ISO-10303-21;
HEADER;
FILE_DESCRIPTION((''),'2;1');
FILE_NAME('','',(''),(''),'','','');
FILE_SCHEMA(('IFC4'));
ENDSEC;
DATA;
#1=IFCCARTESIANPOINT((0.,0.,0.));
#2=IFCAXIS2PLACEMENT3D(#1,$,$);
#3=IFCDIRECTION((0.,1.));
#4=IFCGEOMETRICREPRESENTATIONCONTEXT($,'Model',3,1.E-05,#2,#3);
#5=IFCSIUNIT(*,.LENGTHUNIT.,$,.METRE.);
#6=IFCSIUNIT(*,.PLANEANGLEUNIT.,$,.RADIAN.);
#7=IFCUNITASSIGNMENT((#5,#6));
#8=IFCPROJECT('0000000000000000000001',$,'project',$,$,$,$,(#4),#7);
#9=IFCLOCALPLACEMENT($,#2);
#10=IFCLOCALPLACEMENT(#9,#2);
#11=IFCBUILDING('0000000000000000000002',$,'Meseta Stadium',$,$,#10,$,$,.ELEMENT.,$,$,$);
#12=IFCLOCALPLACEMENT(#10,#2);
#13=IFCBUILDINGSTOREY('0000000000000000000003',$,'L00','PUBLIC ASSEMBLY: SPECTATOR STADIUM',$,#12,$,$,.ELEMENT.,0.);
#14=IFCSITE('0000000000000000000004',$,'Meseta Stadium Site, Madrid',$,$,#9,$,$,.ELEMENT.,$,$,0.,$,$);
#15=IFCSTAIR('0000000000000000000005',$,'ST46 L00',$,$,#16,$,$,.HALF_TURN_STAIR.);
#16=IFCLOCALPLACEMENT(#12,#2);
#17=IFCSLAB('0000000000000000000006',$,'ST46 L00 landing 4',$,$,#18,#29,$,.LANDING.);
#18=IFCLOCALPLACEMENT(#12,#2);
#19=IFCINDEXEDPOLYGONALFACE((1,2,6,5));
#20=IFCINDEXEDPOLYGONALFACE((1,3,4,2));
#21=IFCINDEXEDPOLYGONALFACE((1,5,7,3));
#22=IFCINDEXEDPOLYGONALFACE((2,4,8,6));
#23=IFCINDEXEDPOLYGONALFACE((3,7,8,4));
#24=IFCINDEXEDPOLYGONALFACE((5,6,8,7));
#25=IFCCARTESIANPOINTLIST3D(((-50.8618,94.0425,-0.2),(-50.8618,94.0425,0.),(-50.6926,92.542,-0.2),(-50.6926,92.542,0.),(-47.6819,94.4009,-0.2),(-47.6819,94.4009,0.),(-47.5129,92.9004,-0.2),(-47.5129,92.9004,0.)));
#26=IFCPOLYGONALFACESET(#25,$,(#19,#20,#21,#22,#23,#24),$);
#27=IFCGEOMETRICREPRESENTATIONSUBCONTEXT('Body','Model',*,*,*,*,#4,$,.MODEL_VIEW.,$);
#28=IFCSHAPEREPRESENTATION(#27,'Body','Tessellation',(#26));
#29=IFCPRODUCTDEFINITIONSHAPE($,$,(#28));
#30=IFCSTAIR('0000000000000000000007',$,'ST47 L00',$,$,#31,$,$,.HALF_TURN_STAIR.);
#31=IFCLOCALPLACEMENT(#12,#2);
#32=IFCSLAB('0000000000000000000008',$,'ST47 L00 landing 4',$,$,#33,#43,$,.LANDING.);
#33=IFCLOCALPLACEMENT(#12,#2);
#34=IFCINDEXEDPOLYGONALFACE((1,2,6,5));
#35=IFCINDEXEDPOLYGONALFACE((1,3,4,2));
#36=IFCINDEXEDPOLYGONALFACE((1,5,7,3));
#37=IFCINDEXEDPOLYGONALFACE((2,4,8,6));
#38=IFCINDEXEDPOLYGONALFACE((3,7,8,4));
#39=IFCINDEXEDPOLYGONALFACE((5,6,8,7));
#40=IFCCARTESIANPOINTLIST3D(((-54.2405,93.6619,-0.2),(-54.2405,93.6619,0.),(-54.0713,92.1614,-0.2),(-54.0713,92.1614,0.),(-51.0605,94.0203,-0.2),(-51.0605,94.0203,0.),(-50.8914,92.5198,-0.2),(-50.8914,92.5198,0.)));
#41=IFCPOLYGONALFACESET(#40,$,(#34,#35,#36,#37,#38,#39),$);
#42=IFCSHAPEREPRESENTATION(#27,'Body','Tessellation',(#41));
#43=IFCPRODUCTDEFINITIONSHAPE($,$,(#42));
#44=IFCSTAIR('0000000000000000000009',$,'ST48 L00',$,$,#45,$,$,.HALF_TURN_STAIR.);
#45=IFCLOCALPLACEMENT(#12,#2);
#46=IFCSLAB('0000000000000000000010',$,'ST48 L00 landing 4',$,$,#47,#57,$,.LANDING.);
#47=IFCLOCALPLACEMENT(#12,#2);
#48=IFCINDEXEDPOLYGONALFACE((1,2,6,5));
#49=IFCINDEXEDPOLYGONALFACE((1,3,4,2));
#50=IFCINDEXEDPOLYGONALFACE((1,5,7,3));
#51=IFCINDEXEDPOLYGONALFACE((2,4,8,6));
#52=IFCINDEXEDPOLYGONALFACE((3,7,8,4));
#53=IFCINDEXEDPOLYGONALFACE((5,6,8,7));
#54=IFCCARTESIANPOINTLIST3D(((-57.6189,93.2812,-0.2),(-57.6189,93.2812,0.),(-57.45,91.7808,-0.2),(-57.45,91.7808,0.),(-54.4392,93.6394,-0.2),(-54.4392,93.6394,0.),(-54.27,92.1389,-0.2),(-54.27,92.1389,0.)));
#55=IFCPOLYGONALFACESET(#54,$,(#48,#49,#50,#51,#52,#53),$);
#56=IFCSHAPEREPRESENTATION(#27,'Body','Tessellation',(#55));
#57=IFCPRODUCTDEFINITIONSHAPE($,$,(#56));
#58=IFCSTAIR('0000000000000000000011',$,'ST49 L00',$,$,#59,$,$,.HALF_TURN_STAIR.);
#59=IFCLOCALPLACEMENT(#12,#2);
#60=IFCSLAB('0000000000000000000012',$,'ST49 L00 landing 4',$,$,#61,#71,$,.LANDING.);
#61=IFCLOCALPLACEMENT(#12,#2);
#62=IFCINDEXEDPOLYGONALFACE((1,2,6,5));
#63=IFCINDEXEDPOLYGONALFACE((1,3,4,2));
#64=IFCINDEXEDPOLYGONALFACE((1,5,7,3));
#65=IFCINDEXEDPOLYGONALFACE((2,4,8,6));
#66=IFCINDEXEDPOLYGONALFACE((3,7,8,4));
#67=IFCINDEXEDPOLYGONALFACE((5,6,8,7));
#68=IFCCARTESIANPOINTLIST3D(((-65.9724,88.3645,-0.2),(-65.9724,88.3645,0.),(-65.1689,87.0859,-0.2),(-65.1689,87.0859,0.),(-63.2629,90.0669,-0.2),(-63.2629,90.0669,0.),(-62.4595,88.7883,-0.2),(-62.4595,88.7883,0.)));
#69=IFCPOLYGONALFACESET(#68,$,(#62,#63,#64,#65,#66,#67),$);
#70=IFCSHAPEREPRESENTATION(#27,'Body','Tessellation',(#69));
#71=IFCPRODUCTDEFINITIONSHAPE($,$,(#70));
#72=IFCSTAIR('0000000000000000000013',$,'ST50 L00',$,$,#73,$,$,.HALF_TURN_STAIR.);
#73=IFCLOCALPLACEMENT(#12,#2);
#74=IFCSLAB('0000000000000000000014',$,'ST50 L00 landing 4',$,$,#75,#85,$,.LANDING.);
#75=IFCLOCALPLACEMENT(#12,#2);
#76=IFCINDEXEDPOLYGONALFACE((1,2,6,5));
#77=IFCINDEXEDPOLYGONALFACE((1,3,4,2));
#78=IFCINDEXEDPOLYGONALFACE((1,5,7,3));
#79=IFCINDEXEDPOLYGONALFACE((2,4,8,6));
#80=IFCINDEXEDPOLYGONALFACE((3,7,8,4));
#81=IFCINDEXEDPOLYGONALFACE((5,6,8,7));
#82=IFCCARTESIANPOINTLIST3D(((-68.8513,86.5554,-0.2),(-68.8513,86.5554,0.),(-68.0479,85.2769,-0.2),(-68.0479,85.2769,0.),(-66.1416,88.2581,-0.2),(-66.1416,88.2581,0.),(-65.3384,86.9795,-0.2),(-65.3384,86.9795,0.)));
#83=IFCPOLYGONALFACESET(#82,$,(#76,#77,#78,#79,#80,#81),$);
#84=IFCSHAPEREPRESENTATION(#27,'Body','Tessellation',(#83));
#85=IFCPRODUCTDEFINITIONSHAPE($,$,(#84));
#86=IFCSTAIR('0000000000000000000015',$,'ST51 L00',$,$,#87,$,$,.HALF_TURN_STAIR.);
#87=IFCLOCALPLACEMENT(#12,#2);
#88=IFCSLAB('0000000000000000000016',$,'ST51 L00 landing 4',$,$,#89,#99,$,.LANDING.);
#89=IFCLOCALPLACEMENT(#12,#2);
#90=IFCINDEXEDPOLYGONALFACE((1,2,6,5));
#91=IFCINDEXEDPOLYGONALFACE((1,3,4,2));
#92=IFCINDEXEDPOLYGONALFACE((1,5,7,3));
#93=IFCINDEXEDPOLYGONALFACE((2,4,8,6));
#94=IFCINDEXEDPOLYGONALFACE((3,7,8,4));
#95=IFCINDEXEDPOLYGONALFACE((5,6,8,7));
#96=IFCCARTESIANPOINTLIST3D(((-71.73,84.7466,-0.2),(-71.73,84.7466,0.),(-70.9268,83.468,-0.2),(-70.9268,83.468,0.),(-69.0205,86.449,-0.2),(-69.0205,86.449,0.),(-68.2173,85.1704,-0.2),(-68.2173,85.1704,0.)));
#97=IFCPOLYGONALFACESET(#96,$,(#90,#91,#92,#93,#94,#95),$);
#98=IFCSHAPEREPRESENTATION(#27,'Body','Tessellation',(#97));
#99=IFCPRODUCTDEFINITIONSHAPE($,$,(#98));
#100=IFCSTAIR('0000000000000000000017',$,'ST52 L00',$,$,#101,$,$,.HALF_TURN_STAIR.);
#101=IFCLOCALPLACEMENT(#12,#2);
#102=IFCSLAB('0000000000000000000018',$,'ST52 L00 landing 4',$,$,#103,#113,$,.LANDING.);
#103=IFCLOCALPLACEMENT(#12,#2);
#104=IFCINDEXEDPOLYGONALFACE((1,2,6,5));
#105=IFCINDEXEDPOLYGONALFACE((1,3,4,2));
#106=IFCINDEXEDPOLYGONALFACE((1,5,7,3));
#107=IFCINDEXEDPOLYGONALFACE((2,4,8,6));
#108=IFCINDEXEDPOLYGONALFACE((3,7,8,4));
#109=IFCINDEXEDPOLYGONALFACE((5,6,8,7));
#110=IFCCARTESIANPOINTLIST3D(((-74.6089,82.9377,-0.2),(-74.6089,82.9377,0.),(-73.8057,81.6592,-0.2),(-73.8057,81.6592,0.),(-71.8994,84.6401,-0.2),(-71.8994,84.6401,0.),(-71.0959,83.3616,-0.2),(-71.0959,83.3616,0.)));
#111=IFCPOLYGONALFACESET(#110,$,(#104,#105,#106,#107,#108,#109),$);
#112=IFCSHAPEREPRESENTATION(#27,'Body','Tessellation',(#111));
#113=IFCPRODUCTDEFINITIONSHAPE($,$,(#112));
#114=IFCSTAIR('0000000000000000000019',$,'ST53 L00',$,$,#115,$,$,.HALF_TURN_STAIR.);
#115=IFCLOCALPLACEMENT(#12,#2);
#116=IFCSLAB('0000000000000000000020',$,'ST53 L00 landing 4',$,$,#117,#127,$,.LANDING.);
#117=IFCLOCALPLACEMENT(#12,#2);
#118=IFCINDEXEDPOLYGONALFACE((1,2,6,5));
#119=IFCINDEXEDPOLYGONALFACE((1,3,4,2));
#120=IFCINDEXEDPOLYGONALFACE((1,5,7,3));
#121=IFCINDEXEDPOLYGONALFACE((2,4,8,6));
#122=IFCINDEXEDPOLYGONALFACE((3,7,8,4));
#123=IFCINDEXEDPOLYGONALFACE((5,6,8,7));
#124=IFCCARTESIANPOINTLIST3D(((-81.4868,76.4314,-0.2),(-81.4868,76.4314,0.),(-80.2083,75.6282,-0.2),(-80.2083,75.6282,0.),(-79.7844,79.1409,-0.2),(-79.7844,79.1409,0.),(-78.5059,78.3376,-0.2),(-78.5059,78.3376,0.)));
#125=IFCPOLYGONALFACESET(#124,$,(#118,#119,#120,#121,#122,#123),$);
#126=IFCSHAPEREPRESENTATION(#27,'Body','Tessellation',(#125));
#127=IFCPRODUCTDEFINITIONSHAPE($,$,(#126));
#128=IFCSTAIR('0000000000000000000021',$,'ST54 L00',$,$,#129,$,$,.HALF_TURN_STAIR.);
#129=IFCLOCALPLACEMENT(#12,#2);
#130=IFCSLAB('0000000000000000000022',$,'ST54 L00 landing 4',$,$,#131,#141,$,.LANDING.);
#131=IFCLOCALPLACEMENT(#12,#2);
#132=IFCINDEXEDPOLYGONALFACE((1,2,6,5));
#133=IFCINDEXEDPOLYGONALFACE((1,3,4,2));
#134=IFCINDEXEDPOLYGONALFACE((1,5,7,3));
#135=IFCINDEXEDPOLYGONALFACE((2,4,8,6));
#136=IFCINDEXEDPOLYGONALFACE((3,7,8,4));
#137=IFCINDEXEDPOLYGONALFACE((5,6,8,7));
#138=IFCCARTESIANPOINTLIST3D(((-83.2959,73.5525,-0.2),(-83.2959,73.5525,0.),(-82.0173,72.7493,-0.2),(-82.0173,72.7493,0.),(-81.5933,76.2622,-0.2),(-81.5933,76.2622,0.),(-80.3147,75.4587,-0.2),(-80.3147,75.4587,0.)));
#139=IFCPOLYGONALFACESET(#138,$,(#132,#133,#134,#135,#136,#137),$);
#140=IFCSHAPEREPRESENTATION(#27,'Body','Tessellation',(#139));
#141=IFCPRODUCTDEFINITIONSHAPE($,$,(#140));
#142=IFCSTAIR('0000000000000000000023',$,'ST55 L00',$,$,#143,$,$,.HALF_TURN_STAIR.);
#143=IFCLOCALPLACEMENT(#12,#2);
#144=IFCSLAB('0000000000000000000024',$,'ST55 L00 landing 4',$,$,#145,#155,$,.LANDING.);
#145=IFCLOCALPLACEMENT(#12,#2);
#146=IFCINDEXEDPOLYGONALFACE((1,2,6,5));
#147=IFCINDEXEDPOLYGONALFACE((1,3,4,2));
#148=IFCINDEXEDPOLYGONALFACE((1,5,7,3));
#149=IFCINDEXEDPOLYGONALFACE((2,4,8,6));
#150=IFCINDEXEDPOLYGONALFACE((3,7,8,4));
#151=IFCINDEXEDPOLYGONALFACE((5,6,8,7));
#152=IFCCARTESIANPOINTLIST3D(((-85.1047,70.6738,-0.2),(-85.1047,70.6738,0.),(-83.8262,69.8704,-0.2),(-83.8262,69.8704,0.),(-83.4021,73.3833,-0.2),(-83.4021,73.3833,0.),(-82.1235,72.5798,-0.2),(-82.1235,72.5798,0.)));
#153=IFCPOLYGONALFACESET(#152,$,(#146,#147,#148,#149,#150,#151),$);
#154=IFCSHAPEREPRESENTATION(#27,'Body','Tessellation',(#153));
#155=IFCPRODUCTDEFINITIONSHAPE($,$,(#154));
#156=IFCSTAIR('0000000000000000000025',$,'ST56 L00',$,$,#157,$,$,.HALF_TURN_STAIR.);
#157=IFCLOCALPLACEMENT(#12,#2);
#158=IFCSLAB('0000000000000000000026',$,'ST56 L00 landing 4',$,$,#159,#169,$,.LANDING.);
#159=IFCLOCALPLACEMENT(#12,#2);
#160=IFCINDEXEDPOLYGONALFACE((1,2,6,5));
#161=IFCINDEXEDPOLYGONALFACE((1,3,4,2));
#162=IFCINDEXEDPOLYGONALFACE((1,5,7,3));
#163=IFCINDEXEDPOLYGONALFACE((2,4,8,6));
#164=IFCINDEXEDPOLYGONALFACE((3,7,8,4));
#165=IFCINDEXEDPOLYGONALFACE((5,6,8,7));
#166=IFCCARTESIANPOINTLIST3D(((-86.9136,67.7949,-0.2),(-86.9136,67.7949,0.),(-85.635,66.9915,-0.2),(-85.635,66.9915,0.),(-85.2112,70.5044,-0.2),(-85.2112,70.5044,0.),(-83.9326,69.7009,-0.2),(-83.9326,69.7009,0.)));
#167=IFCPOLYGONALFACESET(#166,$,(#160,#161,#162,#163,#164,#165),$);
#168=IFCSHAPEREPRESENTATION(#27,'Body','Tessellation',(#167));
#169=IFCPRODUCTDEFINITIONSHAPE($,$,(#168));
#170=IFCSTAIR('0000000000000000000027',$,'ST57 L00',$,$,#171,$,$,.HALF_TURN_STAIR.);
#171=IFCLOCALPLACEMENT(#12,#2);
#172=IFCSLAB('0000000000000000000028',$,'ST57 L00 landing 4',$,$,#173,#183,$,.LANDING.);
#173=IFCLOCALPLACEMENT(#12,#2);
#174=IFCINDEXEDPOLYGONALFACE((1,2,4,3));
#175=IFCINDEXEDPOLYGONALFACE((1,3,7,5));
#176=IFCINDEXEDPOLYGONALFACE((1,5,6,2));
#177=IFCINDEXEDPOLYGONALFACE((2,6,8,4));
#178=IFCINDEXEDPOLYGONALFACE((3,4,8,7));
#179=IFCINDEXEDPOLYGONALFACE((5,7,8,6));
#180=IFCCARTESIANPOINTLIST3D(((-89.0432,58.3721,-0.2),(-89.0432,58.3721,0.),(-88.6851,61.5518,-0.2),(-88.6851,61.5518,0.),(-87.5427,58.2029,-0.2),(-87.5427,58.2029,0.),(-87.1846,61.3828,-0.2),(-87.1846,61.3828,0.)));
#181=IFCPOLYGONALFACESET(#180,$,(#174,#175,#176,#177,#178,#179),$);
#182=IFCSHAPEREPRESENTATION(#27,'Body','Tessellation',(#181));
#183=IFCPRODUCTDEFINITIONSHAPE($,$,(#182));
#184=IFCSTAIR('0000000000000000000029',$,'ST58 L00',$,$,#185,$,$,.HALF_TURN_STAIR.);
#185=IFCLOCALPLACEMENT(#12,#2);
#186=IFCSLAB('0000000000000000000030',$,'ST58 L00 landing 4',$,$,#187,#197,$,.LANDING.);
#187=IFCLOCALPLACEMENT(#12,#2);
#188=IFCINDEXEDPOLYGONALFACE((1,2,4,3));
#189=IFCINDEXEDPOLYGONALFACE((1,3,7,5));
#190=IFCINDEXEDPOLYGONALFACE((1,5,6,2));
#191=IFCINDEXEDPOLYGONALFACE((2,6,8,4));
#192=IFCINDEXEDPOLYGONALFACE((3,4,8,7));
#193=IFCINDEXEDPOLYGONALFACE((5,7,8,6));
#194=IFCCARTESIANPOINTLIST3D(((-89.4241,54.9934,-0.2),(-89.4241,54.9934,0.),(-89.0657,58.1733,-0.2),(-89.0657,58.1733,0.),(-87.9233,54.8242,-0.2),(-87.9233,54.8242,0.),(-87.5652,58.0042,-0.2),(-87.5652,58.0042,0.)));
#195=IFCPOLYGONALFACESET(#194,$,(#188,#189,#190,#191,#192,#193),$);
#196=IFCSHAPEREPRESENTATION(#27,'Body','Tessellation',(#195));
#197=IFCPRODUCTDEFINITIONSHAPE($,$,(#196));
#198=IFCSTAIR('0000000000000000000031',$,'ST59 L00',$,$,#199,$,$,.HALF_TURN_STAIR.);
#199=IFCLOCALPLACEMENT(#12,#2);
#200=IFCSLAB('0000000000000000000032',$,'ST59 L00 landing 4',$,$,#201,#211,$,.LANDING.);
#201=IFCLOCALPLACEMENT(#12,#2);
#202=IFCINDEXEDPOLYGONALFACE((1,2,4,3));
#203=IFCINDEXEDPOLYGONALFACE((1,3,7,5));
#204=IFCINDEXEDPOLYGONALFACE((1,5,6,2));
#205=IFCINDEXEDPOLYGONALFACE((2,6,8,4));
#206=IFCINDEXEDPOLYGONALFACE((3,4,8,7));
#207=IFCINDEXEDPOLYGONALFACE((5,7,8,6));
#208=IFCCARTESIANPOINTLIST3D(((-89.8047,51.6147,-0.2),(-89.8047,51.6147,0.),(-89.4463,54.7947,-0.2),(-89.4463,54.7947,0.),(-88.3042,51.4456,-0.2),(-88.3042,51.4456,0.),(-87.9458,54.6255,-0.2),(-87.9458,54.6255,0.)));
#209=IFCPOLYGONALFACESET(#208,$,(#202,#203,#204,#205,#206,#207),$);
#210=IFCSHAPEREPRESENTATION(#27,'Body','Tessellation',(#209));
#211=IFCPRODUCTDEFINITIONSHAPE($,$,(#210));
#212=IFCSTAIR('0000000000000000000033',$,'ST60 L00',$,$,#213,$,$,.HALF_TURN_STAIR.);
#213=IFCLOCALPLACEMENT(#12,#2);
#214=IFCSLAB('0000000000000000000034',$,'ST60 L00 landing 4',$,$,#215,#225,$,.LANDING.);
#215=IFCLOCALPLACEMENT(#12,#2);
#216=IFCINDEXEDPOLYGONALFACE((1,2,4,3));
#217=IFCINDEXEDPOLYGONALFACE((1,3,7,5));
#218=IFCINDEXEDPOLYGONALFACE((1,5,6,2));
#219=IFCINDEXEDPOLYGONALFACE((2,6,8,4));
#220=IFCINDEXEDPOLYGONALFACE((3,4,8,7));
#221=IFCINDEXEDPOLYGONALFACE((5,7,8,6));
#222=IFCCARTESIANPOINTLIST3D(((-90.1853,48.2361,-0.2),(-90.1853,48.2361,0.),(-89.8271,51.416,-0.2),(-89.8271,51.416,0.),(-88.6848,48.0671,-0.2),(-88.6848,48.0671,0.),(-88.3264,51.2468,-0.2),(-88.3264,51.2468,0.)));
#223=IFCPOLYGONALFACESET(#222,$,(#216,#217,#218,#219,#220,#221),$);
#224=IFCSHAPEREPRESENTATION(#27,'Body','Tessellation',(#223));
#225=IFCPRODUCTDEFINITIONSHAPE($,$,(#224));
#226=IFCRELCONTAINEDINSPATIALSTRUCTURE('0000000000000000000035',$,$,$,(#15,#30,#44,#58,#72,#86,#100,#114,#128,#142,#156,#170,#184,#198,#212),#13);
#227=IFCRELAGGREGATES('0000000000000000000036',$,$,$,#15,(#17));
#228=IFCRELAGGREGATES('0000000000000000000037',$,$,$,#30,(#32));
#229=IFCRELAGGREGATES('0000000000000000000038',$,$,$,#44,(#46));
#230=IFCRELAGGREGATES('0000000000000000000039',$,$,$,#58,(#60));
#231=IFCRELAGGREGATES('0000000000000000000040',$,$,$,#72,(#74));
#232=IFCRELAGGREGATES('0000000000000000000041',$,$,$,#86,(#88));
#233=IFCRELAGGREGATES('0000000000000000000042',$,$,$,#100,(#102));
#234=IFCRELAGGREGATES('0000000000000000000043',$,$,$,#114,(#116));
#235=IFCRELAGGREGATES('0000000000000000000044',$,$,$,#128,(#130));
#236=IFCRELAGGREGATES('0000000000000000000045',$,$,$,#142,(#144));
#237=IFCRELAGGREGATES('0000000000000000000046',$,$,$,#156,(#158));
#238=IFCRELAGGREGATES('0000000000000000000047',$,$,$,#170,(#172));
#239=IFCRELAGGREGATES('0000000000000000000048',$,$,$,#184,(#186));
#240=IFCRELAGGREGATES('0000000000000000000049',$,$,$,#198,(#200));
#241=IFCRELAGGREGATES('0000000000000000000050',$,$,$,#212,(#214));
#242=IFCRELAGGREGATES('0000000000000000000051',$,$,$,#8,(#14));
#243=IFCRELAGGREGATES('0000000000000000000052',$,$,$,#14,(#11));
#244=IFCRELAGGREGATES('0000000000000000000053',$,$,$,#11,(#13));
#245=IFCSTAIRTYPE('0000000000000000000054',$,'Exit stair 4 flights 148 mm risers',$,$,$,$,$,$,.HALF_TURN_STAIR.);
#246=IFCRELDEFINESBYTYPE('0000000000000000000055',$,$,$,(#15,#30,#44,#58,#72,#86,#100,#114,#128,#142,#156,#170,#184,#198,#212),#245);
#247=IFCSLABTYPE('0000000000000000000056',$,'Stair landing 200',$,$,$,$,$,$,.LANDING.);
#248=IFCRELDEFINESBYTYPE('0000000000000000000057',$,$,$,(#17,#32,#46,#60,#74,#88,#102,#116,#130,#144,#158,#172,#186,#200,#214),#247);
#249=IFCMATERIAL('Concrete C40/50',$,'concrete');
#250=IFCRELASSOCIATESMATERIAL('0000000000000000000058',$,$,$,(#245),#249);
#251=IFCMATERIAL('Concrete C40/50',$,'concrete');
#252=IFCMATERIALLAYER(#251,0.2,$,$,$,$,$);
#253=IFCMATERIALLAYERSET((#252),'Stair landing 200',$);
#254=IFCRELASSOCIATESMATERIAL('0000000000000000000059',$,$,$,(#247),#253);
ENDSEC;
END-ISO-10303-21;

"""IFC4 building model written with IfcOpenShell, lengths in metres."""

from ifc_helpers import new_model, si_unit, direction, frame, origin, place, context, subcontext, project, spatial, polyline, outline, extrude, material, layer, layer_set, type_object, element, aggregate, save


model = new_model("IFC4")

# Units and contexts
model_context = context("Model", 3, precision=1e-05, world=origin(), true_north=direction((0.0, 1.0)))
body_context = subcontext(model_context, "Body", "Model", "MODEL_VIEW")
ifc_project = project(units=[si_unit("LENGTHUNIT", "METRE"), si_unit("PLANEANGLEUNIT", "RADIAN")], contexts=[model_context])

# Site, building, storey
site_placement = place(None, origin())
site = spatial("IfcSite", under=ifc_project, at=site_placement, Name="Meseta Stadium Site, Madrid", CompositionType="ELEMENT", RefElevation=0.0)
building_placement = place(site_placement, origin())
building = spatial("IfcBuilding", under=site, at=building_placement, Name="Meseta Stadium", CompositionType="ELEMENT")
storey_placement = place(building_placement, origin())
storey = spatial("IfcBuildingStorey", under=building, at=storey_placement, Name="L00", Description="PUBLIC ASSEMBLY: SPECTATOR STADIUM", CompositionType="ELEMENT", Elevation=0.0)

# Stairs, slabs
ifc_material_1 = material(Name="Concrete C40/50", Category="concrete")
stair_type = type_object("IfcStairType", Name="Exit stair 4 flights 148 mm risers", PredefinedType="HALF_TURN_STAIR", material=ifc_material_1)
stair_1_placement = place(storey_placement, origin())
stair_1 = element("IfcStair", 1, at=stair_1_placement, inside=storey, type_object=stair_type, Name="ST46 L00", PredefinedType="HALF_TURN_STAIR")
ifc_material_2 = material(Name="Concrete C40/50", Category="concrete")
ifc_layer = layer(ifc_material_2, 0.2)
ifc_layer_set = layer_set([ifc_layer], Name="Stair landing 200")
slab_type = type_object("IfcSlabType", Name="Stair landing 200", PredefinedType="LANDING", material=ifc_layer_set)
slab_1_placement = place(storey_placement, frame((0.0, 0.0, -0.2)))
slab_1 = element("IfcSlab", 2, at=slab_1_placement, type_object=slab_type, Name="ST46 L00 landing 4", PredefinedType="LANDING", context=body_context, shape_type="SweptSolid", body=[
    extrude(outline(polyline([(-47.5129, 92.9004), (-47.6819, 94.4009), (-50.8618, 94.0425), (-50.6926, 92.542), (-47.5129, 92.9004)])), origin(), (0.0, 0.0, 1.0), 0.2),
])
aggregate(stair_1, [slab_1])
stair_2_placement = place(storey_placement, origin())
stair_2 = element("IfcStair", 3, at=stair_2_placement, inside=storey, type_object=stair_type, Name="ST47 L00", PredefinedType="HALF_TURN_STAIR")
slab_2_placement = place(storey_placement, frame((0.0, 0.0, -0.2)))
slab_2 = element("IfcSlab", 4, at=slab_2_placement, type_object=slab_type, Name="ST47 L00 landing 4", PredefinedType="LANDING", context=body_context, shape_type="SweptSolid", body=[
    extrude(outline(polyline([(-50.8914, 92.5198), (-51.0605, 94.0203), (-54.2405, 93.6619), (-54.0713, 92.1614), (-50.8914, 92.5198)])), origin(), (0.0, 0.0, 1.0), 0.2),
])
aggregate(stair_2, [slab_2])
stair_3_placement = place(storey_placement, origin())
stair_3 = element("IfcStair", 5, at=stair_3_placement, inside=storey, type_object=stair_type, Name="ST48 L00", PredefinedType="HALF_TURN_STAIR")
slab_3_placement = place(storey_placement, frame((0.0, 0.0, -0.2)))
slab_3 = element("IfcSlab", 6, at=slab_3_placement, type_object=slab_type, Name="ST48 L00 landing 4", PredefinedType="LANDING", context=body_context, shape_type="SweptSolid", body=[
    extrude(outline(polyline([(-54.27, 92.1389), (-54.4392, 93.6394), (-57.6189, 93.2812), (-57.45, 91.7808), (-54.27, 92.1389)])), origin(), (0.0, 0.0, 1.0), 0.2),
])
aggregate(stair_3, [slab_3])
stair_4_placement = place(storey_placement, origin())
stair_4 = element("IfcStair", 7, at=stair_4_placement, inside=storey, type_object=stair_type, Name="ST49 L00", PredefinedType="HALF_TURN_STAIR")
slab_4_placement = place(storey_placement, frame((0.0, 0.0, -0.2)))
slab_4 = element("IfcSlab", 8, at=slab_4_placement, type_object=slab_type, Name="ST49 L00 landing 4", PredefinedType="LANDING", context=body_context, shape_type="SweptSolid", body=[
    extrude(outline(polyline([(-62.4595, 88.7883), (-63.2629, 90.0669), (-65.9724, 88.3645), (-65.1689, 87.0859), (-62.4595, 88.7883)])), origin(), (0.0, 0.0, 1.0), 0.2),
])
aggregate(stair_4, [slab_4])
stair_5_placement = place(storey_placement, origin())
stair_5 = element("IfcStair", 9, at=stair_5_placement, inside=storey, type_object=stair_type, Name="ST50 L00", PredefinedType="HALF_TURN_STAIR")
slab_5_placement = place(storey_placement, frame((0.0, 0.0, -0.2)))
slab_5 = element("IfcSlab", 10, at=slab_5_placement, type_object=slab_type, Name="ST50 L00 landing 4", PredefinedType="LANDING", context=body_context, shape_type="SweptSolid", body=[
    extrude(outline(polyline([(-65.3384, 86.9795), (-66.1416, 88.2581), (-68.8513, 86.5554), (-68.0479, 85.2769), (-65.3384, 86.9795)])), origin(), (0.0, 0.0, 1.0), 0.2),
])
aggregate(stair_5, [slab_5])
stair_6_placement = place(storey_placement, origin())
stair_6 = element("IfcStair", 11, at=stair_6_placement, inside=storey, type_object=stair_type, Name="ST51 L00", PredefinedType="HALF_TURN_STAIR")
slab_6_placement = place(storey_placement, frame((0.0, 0.0, -0.2)))
slab_6 = element("IfcSlab", 12, at=slab_6_placement, type_object=slab_type, Name="ST51 L00 landing 4", PredefinedType="LANDING", context=body_context, shape_type="SweptSolid", body=[
    extrude(outline(polyline([(-68.2173, 85.1704), (-69.0205, 86.449), (-71.73, 84.7466), (-70.9268, 83.468), (-68.2173, 85.1704)])), origin(), (0.0, 0.0, 1.0), 0.2),
])
aggregate(stair_6, [slab_6])
stair_7_placement = place(storey_placement, origin())
stair_7 = element("IfcStair", 13, at=stair_7_placement, inside=storey, type_object=stair_type, Name="ST52 L00", PredefinedType="HALF_TURN_STAIR")
slab_7_placement = place(storey_placement, frame((0.0, 0.0, -0.2)))
slab_7 = element("IfcSlab", 14, at=slab_7_placement, type_object=slab_type, Name="ST52 L00 landing 4", PredefinedType="LANDING", context=body_context, shape_type="SweptSolid", body=[
    extrude(outline(polyline([(-71.0959, 83.3616), (-71.8994, 84.6401), (-74.6089, 82.9377), (-73.8057, 81.6592), (-71.0959, 83.3616)])), origin(), (0.0, 0.0, 1.0), 0.2),
])
aggregate(stair_7, [slab_7])
stair_8_placement = place(storey_placement, origin())
stair_8 = element("IfcStair", 15, at=stair_8_placement, inside=storey, type_object=stair_type, Name="ST53 L00", PredefinedType="HALF_TURN_STAIR")
slab_8_placement = place(storey_placement, frame((0.0, 0.0, -0.2)))
slab_8 = element("IfcSlab", 16, at=slab_8_placement, type_object=slab_type, Name="ST53 L00 landing 4", PredefinedType="LANDING", context=body_context, shape_type="SweptSolid", body=[
    extrude(outline(polyline([(-78.5059, 78.3376), (-79.7844, 79.1409), (-81.4868, 76.4314), (-80.2083, 75.6282), (-78.5059, 78.3376)])), origin(), (0.0, 0.0, 1.0), 0.2),
])
aggregate(stair_8, [slab_8])
stair_9_placement = place(storey_placement, origin())
stair_9 = element("IfcStair", 17, at=stair_9_placement, inside=storey, type_object=stair_type, Name="ST54 L00", PredefinedType="HALF_TURN_STAIR")
slab_9_placement = place(storey_placement, frame((0.0, 0.0, -0.2)))
slab_9 = element("IfcSlab", 18, at=slab_9_placement, type_object=slab_type, Name="ST54 L00 landing 4", PredefinedType="LANDING", context=body_context, shape_type="SweptSolid", body=[
    extrude(outline(polyline([(-80.3147, 75.4587), (-81.5933, 76.2622), (-83.2959, 73.5525), (-82.0173, 72.7493), (-80.3147, 75.4587)])), origin(), (0.0, 0.0, 1.0), 0.2),
])
aggregate(stair_9, [slab_9])
stair_10_placement = place(storey_placement, origin())
stair_10 = element("IfcStair", 19, at=stair_10_placement, inside=storey, type_object=stair_type, Name="ST55 L00", PredefinedType="HALF_TURN_STAIR")
slab_10_placement = place(storey_placement, frame((0.0, 0.0, -0.2)))
slab_10 = element("IfcSlab", 20, at=slab_10_placement, type_object=slab_type, Name="ST55 L00 landing 4", PredefinedType="LANDING", context=body_context, shape_type="SweptSolid", body=[
    extrude(outline(polyline([(-82.1235, 72.5798), (-83.4021, 73.3833), (-85.1047, 70.6738), (-83.8262, 69.8704), (-82.1235, 72.5798)])), origin(), (0.0, 0.0, 1.0), 0.2),
])
aggregate(stair_10, [slab_10])
stair_11_placement = place(storey_placement, origin())
stair_11 = element("IfcStair", 21, at=stair_11_placement, inside=storey, type_object=stair_type, Name="ST56 L00", PredefinedType="HALF_TURN_STAIR")
slab_11_placement = place(storey_placement, frame((0.0, 0.0, -0.2)))
slab_11 = element("IfcSlab", 22, at=slab_11_placement, type_object=slab_type, Name="ST56 L00 landing 4", PredefinedType="LANDING", context=body_context, shape_type="SweptSolid", body=[
    extrude(outline(polyline([(-83.9326, 69.7009), (-85.2112, 70.5044), (-86.9136, 67.7949), (-85.635, 66.9915), (-83.9326, 69.7009)])), origin(), (0.0, 0.0, 1.0), 0.2),
])
aggregate(stair_11, [slab_11])
stair_12_placement = place(storey_placement, origin())
stair_12 = element("IfcStair", 23, at=stair_12_placement, inside=storey, type_object=stair_type, Name="ST57 L00", PredefinedType="HALF_TURN_STAIR")
slab_12_placement = place(storey_placement, frame((0.0, 0.0, -0.2)))
slab_12 = element("IfcSlab", 24, at=slab_12_placement, type_object=slab_type, Name="ST57 L00 landing 4", PredefinedType="LANDING", context=body_context, shape_type="SweptSolid", body=[
    extrude(outline(polyline([(-87.1846, 61.3828), (-88.6851, 61.5518), (-89.0432, 58.3721), (-87.5427, 58.2029), (-87.1846, 61.3828)])), origin(), (0.0, 0.0, 1.0), 0.2),
])
aggregate(stair_12, [slab_12])
stair_13_placement = place(storey_placement, origin())
stair_13 = element("IfcStair", 25, at=stair_13_placement, inside=storey, type_object=stair_type, Name="ST58 L00", PredefinedType="HALF_TURN_STAIR")
slab_13_placement = place(storey_placement, frame((0.0, 0.0, -0.2)))
slab_13 = element("IfcSlab", 26, at=slab_13_placement, type_object=slab_type, Name="ST58 L00 landing 4", PredefinedType="LANDING", context=body_context, shape_type="SweptSolid", body=[
    extrude(outline(polyline([(-87.5652, 58.0042), (-89.0657, 58.1733), (-89.4241, 54.9934), (-87.9233, 54.8242), (-87.5652, 58.0042)])), origin(), (0.0, 0.0, 1.0), 0.2),
])
aggregate(stair_13, [slab_13])
stair_14_placement = place(storey_placement, origin())
stair_14 = element("IfcStair", 27, at=stair_14_placement, inside=storey, type_object=stair_type, Name="ST59 L00", PredefinedType="HALF_TURN_STAIR")
slab_14_placement = place(storey_placement, frame((0.0, 0.0, -0.2)))
slab_14 = element("IfcSlab", 28, at=slab_14_placement, type_object=slab_type, Name="ST59 L00 landing 4", PredefinedType="LANDING", context=body_context, shape_type="SweptSolid", body=[
    extrude(outline(polyline([(-87.9458, 54.6255), (-89.4463, 54.7947), (-89.8047, 51.6147), (-88.3042, 51.4456), (-87.9458, 54.6255)])), origin(), (0.0, 0.0, 1.0), 0.2),
])
aggregate(stair_14, [slab_14])
stair_15_placement = place(storey_placement, origin())
stair_15 = element("IfcStair", 29, at=stair_15_placement, inside=storey, type_object=stair_type, Name="ST60 L00", PredefinedType="HALF_TURN_STAIR")
slab_15_placement = place(storey_placement, frame((0.0, 0.0, -0.2)))
slab_15 = element("IfcSlab", 30, at=slab_15_placement, type_object=slab_type, Name="ST60 L00 landing 4", PredefinedType="LANDING", context=body_context, shape_type="SweptSolid", body=[
    extrude(outline(polyline([(-88.3264, 51.2468), (-89.8271, 51.416), (-90.1853, 48.2361), (-88.6848, 48.0671), (-88.3264, 51.2468)])), origin(), (0.0, 0.0, 1.0), 0.2),
])
aggregate(stair_15, [slab_15])

save(model, "model.ifc")
